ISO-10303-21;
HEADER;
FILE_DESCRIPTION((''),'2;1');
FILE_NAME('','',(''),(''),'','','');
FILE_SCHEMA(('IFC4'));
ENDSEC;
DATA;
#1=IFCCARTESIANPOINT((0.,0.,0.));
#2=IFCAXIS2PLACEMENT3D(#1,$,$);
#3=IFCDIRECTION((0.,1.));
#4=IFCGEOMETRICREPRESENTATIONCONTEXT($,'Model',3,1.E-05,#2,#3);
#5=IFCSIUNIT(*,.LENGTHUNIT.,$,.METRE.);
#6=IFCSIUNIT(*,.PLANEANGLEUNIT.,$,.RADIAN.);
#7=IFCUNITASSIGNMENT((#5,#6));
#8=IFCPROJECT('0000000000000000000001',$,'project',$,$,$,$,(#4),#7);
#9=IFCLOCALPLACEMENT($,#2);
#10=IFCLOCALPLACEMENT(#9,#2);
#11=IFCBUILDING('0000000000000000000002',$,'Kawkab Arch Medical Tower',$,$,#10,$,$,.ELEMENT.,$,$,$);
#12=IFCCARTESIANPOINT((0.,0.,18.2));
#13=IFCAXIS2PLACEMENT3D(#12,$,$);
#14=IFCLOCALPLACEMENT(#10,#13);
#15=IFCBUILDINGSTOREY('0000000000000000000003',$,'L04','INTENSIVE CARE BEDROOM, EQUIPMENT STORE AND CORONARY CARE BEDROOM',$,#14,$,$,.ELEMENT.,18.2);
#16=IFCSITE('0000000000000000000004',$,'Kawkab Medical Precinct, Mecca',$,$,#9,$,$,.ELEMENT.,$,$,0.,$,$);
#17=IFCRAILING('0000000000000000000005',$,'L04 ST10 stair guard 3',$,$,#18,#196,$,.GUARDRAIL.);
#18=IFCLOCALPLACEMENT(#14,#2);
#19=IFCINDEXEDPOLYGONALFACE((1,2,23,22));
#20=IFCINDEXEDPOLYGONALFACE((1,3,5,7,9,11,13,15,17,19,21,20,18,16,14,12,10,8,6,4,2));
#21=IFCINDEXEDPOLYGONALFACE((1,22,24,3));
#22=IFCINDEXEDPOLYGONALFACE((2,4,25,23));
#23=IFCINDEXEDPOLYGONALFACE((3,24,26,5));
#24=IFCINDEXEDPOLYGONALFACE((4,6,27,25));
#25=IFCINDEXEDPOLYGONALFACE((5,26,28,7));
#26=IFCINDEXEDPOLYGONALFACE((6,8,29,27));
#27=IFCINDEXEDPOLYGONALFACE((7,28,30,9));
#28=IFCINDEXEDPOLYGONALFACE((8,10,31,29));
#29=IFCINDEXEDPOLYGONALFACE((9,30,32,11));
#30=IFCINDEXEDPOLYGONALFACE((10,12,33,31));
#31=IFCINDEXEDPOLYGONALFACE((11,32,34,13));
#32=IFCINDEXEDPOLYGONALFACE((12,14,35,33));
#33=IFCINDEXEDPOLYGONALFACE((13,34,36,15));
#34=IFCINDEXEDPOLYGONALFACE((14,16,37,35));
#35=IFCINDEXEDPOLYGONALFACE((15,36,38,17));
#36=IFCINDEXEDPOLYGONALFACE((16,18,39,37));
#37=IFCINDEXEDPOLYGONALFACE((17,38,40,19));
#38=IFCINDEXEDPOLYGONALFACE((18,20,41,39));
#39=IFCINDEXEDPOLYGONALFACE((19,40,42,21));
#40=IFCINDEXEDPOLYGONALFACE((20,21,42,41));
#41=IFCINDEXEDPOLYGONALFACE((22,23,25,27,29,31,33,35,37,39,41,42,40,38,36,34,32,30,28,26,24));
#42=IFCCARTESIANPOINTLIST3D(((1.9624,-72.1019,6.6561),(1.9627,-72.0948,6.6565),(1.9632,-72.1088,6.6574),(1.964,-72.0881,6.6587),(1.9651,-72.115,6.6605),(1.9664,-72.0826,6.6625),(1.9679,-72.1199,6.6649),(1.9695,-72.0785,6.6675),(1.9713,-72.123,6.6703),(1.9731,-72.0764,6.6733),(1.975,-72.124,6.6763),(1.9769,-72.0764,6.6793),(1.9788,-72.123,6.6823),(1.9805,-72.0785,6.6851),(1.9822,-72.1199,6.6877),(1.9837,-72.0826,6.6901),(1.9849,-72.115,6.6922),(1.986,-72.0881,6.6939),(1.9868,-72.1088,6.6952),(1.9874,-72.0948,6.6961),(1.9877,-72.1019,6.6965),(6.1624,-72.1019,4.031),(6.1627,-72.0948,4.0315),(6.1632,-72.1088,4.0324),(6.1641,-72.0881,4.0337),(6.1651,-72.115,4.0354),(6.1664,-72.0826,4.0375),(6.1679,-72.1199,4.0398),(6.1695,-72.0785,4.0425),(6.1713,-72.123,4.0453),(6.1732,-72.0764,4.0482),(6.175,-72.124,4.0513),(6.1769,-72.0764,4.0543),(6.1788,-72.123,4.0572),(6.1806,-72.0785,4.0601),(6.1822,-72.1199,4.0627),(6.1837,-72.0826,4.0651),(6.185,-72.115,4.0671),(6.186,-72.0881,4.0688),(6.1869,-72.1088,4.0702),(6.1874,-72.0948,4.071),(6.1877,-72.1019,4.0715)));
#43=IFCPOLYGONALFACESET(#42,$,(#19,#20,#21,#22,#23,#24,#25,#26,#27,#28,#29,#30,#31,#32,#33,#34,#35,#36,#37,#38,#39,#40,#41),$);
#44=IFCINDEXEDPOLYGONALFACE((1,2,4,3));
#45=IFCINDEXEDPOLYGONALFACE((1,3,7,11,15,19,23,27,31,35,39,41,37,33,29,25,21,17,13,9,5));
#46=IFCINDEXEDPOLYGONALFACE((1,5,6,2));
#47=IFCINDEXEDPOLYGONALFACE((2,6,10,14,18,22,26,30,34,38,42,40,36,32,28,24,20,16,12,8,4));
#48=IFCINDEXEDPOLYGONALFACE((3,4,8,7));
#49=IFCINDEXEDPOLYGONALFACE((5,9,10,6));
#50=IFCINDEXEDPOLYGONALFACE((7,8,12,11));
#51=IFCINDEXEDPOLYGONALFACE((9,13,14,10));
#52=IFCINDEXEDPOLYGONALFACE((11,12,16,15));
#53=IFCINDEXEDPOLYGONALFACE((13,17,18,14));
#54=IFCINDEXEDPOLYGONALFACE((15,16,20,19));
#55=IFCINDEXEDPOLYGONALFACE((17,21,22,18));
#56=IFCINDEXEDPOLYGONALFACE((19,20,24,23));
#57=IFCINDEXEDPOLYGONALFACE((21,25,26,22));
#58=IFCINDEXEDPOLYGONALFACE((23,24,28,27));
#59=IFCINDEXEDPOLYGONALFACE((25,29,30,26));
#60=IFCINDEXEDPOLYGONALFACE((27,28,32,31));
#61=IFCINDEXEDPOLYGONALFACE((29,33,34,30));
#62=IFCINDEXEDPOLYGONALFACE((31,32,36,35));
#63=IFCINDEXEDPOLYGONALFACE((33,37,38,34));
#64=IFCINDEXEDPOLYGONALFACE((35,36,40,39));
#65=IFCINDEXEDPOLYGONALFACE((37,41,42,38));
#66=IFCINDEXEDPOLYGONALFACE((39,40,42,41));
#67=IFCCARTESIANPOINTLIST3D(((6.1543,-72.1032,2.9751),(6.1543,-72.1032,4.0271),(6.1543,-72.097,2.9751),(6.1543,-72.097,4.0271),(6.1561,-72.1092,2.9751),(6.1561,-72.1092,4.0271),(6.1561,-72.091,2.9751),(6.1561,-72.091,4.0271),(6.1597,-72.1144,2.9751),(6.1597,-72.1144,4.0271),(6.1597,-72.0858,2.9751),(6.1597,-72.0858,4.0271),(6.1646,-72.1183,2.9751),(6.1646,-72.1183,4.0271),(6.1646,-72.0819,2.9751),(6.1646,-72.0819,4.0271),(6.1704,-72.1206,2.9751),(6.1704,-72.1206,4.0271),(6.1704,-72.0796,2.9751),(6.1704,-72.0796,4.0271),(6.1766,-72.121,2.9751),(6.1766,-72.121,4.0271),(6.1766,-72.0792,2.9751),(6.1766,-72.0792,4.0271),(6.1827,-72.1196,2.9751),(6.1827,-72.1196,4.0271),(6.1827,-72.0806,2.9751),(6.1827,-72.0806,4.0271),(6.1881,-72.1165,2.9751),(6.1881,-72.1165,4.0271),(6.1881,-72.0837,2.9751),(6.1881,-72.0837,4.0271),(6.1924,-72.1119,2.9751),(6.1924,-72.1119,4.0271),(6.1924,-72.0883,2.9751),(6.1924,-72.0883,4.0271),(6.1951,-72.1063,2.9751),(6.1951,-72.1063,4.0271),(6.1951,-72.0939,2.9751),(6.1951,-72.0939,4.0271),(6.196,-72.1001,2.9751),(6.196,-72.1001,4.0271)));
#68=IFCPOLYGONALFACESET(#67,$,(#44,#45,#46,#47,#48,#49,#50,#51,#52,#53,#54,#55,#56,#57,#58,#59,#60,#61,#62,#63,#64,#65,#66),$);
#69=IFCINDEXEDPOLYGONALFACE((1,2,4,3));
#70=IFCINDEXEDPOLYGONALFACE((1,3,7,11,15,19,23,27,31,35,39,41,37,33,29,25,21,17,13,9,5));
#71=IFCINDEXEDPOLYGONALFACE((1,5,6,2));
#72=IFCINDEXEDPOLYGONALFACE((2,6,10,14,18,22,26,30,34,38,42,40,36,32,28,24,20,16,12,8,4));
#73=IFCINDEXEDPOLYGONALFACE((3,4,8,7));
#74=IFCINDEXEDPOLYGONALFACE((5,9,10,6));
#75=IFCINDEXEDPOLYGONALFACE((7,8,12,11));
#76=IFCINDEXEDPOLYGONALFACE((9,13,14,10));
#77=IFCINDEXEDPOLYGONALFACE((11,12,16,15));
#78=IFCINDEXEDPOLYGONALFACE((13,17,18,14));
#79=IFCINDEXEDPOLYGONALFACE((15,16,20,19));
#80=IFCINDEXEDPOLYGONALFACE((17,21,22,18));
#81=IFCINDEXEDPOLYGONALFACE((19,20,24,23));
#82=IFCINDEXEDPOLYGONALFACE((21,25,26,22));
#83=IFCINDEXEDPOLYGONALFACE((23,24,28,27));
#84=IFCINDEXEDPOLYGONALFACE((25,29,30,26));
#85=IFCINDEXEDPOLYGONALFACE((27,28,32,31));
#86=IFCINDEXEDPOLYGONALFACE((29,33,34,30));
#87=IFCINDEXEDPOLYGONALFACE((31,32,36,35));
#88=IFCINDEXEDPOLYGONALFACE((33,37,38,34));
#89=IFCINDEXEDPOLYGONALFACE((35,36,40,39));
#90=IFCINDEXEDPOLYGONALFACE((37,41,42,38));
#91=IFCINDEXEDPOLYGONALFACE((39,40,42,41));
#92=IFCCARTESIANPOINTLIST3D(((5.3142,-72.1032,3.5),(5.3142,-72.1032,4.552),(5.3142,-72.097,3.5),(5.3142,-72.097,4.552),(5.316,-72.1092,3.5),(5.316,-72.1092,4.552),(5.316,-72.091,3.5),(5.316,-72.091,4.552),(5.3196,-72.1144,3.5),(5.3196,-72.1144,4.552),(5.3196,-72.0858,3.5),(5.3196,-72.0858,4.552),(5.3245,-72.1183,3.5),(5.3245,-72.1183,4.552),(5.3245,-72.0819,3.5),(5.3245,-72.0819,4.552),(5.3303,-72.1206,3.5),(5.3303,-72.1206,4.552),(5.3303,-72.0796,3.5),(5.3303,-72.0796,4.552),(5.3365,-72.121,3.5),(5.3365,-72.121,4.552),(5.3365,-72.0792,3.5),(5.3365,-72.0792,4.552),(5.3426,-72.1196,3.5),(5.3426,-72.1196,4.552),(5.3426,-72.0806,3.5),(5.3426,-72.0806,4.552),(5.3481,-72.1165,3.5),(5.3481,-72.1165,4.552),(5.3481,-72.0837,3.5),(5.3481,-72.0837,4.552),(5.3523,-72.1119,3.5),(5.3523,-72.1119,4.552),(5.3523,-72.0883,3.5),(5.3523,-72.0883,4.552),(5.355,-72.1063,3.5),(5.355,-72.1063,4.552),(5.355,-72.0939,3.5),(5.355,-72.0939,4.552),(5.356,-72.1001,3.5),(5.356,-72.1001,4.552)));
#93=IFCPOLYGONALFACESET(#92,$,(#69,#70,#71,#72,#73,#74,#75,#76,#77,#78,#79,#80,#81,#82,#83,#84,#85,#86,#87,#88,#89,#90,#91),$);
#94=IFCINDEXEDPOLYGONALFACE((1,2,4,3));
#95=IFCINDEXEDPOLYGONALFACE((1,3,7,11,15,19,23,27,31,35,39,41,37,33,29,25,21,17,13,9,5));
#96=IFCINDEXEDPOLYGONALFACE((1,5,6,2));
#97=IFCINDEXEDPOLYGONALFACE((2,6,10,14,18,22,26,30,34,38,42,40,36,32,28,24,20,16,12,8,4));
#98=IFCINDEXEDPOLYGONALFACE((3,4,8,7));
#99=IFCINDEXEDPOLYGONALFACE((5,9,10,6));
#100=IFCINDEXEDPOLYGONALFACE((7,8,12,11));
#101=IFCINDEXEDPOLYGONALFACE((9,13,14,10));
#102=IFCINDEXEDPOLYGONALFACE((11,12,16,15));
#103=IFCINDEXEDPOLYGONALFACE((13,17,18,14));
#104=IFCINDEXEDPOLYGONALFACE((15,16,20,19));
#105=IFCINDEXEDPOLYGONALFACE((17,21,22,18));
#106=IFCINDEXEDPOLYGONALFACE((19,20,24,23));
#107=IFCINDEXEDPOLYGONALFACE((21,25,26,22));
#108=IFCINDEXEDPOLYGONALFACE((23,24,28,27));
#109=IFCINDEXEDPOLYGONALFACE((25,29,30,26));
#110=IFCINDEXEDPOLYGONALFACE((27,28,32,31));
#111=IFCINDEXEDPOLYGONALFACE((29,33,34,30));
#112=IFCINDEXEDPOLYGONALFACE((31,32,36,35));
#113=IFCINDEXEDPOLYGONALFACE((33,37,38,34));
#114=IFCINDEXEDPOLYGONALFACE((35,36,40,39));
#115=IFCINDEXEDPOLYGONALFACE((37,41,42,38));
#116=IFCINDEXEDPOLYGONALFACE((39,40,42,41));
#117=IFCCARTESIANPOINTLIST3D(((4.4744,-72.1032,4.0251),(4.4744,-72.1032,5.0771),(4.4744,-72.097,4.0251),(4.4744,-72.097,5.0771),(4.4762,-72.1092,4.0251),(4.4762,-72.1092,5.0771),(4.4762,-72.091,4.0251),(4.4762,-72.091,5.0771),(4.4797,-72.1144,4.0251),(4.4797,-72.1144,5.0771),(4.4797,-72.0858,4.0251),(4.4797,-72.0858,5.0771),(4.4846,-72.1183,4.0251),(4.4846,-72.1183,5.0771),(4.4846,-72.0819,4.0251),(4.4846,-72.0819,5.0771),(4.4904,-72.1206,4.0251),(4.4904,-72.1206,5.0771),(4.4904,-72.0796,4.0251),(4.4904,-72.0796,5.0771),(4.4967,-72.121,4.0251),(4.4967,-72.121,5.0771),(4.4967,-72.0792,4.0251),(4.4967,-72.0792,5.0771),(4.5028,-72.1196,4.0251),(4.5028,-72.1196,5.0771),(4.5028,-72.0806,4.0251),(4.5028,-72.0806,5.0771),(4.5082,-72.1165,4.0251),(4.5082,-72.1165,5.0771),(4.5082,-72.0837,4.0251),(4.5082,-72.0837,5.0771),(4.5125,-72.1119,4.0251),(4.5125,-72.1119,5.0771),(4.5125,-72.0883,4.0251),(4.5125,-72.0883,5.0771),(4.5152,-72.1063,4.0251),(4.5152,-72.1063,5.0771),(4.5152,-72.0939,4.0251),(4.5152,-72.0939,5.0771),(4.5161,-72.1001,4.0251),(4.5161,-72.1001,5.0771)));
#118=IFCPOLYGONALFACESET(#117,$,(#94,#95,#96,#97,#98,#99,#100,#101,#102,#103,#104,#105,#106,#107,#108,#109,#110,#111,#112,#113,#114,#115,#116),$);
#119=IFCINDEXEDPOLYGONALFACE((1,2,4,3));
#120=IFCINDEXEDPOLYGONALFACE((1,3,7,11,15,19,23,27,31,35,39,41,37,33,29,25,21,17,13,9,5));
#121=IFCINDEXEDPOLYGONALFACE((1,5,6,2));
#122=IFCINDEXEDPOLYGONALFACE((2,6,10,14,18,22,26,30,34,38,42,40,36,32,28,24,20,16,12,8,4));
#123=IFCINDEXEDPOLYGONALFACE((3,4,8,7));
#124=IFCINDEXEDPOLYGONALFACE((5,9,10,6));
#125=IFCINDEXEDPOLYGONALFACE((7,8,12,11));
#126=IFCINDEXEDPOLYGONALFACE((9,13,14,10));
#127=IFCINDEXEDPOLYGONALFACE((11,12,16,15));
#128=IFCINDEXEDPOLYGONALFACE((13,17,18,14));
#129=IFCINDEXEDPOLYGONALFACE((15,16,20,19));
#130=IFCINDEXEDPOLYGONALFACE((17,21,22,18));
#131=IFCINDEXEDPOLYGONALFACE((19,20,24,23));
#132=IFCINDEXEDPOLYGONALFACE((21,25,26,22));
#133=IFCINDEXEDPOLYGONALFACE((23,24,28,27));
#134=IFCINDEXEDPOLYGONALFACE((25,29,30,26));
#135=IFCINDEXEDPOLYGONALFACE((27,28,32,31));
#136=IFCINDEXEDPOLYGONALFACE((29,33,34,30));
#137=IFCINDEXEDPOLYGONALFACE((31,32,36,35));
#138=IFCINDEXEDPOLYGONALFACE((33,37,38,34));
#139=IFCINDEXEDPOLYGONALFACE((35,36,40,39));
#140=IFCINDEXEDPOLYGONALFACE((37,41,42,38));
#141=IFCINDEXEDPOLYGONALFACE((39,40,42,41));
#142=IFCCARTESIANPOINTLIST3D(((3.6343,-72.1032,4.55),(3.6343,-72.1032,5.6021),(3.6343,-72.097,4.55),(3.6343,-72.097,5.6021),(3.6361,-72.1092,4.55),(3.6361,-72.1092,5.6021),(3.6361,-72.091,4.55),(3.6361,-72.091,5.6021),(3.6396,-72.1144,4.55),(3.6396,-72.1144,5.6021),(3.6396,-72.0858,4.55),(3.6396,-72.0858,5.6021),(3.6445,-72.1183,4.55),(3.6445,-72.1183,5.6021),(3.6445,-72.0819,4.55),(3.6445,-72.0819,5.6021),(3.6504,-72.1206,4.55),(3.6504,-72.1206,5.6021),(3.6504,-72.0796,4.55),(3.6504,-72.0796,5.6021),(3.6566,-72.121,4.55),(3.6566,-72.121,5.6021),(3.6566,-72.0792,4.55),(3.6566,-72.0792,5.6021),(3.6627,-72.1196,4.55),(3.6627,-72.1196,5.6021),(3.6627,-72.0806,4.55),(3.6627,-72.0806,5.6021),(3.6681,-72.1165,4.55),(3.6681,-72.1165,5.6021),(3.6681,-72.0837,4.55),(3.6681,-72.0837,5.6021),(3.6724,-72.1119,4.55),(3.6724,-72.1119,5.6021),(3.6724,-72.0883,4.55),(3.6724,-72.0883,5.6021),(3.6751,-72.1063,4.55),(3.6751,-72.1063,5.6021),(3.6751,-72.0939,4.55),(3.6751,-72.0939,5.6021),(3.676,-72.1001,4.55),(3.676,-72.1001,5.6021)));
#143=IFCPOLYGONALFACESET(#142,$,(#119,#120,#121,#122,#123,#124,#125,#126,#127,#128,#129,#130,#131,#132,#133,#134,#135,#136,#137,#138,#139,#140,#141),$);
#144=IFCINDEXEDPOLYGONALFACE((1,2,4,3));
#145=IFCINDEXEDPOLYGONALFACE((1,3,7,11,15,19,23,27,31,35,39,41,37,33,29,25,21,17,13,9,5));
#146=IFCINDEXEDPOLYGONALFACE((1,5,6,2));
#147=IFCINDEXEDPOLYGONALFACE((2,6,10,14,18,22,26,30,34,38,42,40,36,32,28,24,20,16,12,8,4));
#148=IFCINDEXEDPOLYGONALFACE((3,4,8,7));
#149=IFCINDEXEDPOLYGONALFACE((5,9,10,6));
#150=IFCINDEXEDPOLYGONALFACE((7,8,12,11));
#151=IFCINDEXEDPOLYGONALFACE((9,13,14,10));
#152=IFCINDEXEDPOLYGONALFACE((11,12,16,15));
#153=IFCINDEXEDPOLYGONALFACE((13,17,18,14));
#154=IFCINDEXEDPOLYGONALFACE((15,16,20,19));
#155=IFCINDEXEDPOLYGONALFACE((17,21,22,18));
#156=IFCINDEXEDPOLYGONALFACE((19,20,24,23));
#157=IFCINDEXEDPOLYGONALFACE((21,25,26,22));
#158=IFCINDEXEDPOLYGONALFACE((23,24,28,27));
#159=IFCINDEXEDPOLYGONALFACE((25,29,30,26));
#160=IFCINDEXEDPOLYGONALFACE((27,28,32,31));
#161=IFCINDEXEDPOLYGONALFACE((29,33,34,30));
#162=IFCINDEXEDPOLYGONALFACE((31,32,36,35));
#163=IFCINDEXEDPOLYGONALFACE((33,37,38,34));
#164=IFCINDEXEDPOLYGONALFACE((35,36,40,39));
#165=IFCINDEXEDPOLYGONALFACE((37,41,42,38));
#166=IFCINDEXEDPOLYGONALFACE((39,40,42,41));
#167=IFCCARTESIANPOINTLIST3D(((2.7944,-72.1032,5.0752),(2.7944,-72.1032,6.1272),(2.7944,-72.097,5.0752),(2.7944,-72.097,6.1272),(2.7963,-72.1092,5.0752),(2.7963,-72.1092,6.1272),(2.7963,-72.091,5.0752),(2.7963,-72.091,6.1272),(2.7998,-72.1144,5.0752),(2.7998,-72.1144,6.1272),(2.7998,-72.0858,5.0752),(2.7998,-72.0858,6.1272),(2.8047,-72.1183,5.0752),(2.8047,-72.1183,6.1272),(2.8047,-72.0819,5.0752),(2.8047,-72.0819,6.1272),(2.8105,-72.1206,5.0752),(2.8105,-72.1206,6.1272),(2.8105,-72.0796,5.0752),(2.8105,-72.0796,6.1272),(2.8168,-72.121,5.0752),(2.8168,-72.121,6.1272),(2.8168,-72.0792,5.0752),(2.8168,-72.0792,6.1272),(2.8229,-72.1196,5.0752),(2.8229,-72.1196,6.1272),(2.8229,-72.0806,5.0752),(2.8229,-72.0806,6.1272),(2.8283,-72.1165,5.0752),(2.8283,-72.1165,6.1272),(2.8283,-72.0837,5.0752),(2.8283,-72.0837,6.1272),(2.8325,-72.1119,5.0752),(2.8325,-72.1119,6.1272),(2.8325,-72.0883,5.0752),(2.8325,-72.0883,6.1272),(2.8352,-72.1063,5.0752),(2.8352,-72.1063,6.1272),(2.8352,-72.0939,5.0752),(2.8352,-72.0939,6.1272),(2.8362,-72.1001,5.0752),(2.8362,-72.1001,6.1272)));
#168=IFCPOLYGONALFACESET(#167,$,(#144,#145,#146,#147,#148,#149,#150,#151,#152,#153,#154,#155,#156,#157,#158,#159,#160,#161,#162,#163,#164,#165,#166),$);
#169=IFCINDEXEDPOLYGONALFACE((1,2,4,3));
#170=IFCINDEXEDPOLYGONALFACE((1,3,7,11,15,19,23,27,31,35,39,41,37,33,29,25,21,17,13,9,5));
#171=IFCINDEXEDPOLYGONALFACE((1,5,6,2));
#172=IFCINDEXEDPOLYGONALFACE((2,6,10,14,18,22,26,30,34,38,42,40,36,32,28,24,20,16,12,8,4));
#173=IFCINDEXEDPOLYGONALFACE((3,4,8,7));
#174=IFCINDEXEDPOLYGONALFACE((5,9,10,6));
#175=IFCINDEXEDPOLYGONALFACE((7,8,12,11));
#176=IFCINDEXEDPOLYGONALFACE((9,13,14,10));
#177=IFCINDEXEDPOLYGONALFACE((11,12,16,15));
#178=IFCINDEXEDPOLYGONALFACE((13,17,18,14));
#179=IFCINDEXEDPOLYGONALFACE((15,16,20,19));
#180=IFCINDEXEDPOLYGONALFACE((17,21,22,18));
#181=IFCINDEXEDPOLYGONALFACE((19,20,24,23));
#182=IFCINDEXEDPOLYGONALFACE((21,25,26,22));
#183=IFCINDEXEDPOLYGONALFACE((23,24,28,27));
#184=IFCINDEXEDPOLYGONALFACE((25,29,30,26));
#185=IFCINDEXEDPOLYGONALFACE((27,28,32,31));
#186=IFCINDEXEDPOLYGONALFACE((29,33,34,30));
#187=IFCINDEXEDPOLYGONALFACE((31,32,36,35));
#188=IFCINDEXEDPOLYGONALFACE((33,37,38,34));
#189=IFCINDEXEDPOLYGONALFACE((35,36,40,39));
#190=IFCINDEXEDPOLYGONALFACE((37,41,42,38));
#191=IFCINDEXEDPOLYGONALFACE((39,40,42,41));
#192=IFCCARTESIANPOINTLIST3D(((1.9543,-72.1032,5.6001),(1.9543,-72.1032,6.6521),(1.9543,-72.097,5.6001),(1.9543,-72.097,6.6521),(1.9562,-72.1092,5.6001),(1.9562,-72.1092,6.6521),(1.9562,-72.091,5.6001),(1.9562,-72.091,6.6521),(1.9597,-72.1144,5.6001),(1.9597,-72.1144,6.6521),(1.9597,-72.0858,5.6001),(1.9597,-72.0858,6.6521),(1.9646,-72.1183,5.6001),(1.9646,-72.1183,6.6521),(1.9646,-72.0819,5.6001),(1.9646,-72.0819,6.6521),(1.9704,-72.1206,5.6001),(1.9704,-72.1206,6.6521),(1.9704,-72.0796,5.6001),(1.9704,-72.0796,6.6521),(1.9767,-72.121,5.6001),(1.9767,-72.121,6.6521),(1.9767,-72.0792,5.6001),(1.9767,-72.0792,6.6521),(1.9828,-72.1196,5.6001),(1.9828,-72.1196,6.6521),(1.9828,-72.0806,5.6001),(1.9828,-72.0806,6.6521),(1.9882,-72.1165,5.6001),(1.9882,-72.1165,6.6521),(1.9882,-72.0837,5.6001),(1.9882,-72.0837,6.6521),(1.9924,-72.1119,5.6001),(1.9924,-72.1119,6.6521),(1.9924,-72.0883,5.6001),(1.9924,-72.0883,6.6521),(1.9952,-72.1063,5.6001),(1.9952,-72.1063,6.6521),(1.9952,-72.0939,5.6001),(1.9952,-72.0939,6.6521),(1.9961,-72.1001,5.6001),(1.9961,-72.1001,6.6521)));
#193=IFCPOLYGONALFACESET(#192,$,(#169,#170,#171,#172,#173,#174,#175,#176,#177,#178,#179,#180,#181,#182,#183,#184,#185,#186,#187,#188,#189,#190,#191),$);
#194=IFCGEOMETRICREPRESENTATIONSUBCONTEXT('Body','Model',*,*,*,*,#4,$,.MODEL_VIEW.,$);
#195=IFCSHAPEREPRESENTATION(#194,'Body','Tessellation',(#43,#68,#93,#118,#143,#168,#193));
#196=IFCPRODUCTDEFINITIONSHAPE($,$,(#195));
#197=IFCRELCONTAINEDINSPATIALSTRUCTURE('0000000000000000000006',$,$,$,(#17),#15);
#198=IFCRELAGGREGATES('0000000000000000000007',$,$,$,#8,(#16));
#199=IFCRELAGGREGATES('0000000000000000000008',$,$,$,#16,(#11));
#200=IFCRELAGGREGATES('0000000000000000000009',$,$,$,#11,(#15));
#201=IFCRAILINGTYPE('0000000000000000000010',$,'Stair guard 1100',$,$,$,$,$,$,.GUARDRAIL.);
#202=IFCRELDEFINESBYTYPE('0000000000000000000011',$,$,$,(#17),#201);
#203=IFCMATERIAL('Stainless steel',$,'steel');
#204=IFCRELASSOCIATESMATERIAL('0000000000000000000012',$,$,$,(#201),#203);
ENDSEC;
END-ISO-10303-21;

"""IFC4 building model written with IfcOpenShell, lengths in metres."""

from ifc_helpers import new_model, si_unit, direction, frame, origin, origin_2d, place, context, subcontext, project, spatial, circle, extrude, material, type_object, element, save


model = new_model("IFC4")

# Units and contexts
model_context = context("Model", 3, precision=1e-05, world=origin(), true_north=direction((0.0, 1.0)))
body_context = subcontext(model_context, "Body", "Model", "MODEL_VIEW")
ifc_project = project(units=[si_unit("LENGTHUNIT", "METRE"), si_unit("PLANEANGLEUNIT", "RADIAN")], contexts=[model_context])

# Site, building, storey
site_placement = place(None, origin())
site = spatial("IfcSite", under=ifc_project, at=site_placement, Name="Kawkab Medical Precinct, Mecca", CompositionType="ELEMENT", RefElevation=0.0)
building_placement = place(site_placement, origin())
building = spatial("IfcBuilding", under=site, at=building_placement, Name="Kawkab Arch Medical Tower", CompositionType="ELEMENT")
storey_placement = place(building_placement, frame((0.0, 0.0, 18.2)))
storey = spatial("IfcBuildingStorey", under=building, at=storey_placement, Name="L04", Description="INTENSIVE CARE BEDROOM, EQUIPMENT STORE AND CORONARY CARE BEDROOM", CompositionType="ELEMENT", Elevation=18.2)

# Railing
ifc_material_1 = material(Name="Stainless steel", Category="steel")
railing_type = type_object("IfcRailingType", Name="Stair guard 1100", PredefinedType="GUARDRAIL", material=ifc_material_1)
railing_1_placement = place(storey_placement, frame((6.175, -72.1001, 2.9751)))
element("IfcRailing", 1, at=railing_1_placement, inside=storey, type_object=railing_type, Name="L04 ST10 stair guard 3", PredefinedType="GUARDRAIL", context=body_context, shape_type="SweptSolid", body=[
    extrude(circle(Radius=0.0239, at=origin_2d()), frame((0.0, 0.0, 1.0762), z_axis=(-0.847996, 0.0, 0.530003), x_axis=(0.0, -1.0, 0.0)), (0.0, 0.0, 1.0), 4.9529),
    extrude(circle(Radius=0.021, at=origin_2d()), origin(), (0.0, 0.0, 1.0), 1.052),
    extrude(circle(Radius=0.021, at=origin_2d()), frame((-0.8401, 0.0, 0.5249)), (0.0, 0.0, 1.0), 1.052),
    extrude(circle(Radius=0.021, at=origin_2d()), frame((-1.6799, 0.0, 1.05)), (0.0, 0.0, 1.0), 1.052),
    extrude(circle(Radius=0.021, at=origin_2d()), frame((-2.52, 0.0, 1.575)), (0.0, 0.0, 1.0), 1.052),
    extrude(circle(Radius=0.021, at=origin_2d()), frame((-3.3599, 0.0, 2.1001)), (0.0, 0.0, 1.0), 1.052),
    extrude(circle(Radius=0.021, at=origin_2d()), frame((-4.2, 0.0, 2.625)), (0.0, 0.0, 1.0), 1.052),
])

save(model, "model.ifc")
